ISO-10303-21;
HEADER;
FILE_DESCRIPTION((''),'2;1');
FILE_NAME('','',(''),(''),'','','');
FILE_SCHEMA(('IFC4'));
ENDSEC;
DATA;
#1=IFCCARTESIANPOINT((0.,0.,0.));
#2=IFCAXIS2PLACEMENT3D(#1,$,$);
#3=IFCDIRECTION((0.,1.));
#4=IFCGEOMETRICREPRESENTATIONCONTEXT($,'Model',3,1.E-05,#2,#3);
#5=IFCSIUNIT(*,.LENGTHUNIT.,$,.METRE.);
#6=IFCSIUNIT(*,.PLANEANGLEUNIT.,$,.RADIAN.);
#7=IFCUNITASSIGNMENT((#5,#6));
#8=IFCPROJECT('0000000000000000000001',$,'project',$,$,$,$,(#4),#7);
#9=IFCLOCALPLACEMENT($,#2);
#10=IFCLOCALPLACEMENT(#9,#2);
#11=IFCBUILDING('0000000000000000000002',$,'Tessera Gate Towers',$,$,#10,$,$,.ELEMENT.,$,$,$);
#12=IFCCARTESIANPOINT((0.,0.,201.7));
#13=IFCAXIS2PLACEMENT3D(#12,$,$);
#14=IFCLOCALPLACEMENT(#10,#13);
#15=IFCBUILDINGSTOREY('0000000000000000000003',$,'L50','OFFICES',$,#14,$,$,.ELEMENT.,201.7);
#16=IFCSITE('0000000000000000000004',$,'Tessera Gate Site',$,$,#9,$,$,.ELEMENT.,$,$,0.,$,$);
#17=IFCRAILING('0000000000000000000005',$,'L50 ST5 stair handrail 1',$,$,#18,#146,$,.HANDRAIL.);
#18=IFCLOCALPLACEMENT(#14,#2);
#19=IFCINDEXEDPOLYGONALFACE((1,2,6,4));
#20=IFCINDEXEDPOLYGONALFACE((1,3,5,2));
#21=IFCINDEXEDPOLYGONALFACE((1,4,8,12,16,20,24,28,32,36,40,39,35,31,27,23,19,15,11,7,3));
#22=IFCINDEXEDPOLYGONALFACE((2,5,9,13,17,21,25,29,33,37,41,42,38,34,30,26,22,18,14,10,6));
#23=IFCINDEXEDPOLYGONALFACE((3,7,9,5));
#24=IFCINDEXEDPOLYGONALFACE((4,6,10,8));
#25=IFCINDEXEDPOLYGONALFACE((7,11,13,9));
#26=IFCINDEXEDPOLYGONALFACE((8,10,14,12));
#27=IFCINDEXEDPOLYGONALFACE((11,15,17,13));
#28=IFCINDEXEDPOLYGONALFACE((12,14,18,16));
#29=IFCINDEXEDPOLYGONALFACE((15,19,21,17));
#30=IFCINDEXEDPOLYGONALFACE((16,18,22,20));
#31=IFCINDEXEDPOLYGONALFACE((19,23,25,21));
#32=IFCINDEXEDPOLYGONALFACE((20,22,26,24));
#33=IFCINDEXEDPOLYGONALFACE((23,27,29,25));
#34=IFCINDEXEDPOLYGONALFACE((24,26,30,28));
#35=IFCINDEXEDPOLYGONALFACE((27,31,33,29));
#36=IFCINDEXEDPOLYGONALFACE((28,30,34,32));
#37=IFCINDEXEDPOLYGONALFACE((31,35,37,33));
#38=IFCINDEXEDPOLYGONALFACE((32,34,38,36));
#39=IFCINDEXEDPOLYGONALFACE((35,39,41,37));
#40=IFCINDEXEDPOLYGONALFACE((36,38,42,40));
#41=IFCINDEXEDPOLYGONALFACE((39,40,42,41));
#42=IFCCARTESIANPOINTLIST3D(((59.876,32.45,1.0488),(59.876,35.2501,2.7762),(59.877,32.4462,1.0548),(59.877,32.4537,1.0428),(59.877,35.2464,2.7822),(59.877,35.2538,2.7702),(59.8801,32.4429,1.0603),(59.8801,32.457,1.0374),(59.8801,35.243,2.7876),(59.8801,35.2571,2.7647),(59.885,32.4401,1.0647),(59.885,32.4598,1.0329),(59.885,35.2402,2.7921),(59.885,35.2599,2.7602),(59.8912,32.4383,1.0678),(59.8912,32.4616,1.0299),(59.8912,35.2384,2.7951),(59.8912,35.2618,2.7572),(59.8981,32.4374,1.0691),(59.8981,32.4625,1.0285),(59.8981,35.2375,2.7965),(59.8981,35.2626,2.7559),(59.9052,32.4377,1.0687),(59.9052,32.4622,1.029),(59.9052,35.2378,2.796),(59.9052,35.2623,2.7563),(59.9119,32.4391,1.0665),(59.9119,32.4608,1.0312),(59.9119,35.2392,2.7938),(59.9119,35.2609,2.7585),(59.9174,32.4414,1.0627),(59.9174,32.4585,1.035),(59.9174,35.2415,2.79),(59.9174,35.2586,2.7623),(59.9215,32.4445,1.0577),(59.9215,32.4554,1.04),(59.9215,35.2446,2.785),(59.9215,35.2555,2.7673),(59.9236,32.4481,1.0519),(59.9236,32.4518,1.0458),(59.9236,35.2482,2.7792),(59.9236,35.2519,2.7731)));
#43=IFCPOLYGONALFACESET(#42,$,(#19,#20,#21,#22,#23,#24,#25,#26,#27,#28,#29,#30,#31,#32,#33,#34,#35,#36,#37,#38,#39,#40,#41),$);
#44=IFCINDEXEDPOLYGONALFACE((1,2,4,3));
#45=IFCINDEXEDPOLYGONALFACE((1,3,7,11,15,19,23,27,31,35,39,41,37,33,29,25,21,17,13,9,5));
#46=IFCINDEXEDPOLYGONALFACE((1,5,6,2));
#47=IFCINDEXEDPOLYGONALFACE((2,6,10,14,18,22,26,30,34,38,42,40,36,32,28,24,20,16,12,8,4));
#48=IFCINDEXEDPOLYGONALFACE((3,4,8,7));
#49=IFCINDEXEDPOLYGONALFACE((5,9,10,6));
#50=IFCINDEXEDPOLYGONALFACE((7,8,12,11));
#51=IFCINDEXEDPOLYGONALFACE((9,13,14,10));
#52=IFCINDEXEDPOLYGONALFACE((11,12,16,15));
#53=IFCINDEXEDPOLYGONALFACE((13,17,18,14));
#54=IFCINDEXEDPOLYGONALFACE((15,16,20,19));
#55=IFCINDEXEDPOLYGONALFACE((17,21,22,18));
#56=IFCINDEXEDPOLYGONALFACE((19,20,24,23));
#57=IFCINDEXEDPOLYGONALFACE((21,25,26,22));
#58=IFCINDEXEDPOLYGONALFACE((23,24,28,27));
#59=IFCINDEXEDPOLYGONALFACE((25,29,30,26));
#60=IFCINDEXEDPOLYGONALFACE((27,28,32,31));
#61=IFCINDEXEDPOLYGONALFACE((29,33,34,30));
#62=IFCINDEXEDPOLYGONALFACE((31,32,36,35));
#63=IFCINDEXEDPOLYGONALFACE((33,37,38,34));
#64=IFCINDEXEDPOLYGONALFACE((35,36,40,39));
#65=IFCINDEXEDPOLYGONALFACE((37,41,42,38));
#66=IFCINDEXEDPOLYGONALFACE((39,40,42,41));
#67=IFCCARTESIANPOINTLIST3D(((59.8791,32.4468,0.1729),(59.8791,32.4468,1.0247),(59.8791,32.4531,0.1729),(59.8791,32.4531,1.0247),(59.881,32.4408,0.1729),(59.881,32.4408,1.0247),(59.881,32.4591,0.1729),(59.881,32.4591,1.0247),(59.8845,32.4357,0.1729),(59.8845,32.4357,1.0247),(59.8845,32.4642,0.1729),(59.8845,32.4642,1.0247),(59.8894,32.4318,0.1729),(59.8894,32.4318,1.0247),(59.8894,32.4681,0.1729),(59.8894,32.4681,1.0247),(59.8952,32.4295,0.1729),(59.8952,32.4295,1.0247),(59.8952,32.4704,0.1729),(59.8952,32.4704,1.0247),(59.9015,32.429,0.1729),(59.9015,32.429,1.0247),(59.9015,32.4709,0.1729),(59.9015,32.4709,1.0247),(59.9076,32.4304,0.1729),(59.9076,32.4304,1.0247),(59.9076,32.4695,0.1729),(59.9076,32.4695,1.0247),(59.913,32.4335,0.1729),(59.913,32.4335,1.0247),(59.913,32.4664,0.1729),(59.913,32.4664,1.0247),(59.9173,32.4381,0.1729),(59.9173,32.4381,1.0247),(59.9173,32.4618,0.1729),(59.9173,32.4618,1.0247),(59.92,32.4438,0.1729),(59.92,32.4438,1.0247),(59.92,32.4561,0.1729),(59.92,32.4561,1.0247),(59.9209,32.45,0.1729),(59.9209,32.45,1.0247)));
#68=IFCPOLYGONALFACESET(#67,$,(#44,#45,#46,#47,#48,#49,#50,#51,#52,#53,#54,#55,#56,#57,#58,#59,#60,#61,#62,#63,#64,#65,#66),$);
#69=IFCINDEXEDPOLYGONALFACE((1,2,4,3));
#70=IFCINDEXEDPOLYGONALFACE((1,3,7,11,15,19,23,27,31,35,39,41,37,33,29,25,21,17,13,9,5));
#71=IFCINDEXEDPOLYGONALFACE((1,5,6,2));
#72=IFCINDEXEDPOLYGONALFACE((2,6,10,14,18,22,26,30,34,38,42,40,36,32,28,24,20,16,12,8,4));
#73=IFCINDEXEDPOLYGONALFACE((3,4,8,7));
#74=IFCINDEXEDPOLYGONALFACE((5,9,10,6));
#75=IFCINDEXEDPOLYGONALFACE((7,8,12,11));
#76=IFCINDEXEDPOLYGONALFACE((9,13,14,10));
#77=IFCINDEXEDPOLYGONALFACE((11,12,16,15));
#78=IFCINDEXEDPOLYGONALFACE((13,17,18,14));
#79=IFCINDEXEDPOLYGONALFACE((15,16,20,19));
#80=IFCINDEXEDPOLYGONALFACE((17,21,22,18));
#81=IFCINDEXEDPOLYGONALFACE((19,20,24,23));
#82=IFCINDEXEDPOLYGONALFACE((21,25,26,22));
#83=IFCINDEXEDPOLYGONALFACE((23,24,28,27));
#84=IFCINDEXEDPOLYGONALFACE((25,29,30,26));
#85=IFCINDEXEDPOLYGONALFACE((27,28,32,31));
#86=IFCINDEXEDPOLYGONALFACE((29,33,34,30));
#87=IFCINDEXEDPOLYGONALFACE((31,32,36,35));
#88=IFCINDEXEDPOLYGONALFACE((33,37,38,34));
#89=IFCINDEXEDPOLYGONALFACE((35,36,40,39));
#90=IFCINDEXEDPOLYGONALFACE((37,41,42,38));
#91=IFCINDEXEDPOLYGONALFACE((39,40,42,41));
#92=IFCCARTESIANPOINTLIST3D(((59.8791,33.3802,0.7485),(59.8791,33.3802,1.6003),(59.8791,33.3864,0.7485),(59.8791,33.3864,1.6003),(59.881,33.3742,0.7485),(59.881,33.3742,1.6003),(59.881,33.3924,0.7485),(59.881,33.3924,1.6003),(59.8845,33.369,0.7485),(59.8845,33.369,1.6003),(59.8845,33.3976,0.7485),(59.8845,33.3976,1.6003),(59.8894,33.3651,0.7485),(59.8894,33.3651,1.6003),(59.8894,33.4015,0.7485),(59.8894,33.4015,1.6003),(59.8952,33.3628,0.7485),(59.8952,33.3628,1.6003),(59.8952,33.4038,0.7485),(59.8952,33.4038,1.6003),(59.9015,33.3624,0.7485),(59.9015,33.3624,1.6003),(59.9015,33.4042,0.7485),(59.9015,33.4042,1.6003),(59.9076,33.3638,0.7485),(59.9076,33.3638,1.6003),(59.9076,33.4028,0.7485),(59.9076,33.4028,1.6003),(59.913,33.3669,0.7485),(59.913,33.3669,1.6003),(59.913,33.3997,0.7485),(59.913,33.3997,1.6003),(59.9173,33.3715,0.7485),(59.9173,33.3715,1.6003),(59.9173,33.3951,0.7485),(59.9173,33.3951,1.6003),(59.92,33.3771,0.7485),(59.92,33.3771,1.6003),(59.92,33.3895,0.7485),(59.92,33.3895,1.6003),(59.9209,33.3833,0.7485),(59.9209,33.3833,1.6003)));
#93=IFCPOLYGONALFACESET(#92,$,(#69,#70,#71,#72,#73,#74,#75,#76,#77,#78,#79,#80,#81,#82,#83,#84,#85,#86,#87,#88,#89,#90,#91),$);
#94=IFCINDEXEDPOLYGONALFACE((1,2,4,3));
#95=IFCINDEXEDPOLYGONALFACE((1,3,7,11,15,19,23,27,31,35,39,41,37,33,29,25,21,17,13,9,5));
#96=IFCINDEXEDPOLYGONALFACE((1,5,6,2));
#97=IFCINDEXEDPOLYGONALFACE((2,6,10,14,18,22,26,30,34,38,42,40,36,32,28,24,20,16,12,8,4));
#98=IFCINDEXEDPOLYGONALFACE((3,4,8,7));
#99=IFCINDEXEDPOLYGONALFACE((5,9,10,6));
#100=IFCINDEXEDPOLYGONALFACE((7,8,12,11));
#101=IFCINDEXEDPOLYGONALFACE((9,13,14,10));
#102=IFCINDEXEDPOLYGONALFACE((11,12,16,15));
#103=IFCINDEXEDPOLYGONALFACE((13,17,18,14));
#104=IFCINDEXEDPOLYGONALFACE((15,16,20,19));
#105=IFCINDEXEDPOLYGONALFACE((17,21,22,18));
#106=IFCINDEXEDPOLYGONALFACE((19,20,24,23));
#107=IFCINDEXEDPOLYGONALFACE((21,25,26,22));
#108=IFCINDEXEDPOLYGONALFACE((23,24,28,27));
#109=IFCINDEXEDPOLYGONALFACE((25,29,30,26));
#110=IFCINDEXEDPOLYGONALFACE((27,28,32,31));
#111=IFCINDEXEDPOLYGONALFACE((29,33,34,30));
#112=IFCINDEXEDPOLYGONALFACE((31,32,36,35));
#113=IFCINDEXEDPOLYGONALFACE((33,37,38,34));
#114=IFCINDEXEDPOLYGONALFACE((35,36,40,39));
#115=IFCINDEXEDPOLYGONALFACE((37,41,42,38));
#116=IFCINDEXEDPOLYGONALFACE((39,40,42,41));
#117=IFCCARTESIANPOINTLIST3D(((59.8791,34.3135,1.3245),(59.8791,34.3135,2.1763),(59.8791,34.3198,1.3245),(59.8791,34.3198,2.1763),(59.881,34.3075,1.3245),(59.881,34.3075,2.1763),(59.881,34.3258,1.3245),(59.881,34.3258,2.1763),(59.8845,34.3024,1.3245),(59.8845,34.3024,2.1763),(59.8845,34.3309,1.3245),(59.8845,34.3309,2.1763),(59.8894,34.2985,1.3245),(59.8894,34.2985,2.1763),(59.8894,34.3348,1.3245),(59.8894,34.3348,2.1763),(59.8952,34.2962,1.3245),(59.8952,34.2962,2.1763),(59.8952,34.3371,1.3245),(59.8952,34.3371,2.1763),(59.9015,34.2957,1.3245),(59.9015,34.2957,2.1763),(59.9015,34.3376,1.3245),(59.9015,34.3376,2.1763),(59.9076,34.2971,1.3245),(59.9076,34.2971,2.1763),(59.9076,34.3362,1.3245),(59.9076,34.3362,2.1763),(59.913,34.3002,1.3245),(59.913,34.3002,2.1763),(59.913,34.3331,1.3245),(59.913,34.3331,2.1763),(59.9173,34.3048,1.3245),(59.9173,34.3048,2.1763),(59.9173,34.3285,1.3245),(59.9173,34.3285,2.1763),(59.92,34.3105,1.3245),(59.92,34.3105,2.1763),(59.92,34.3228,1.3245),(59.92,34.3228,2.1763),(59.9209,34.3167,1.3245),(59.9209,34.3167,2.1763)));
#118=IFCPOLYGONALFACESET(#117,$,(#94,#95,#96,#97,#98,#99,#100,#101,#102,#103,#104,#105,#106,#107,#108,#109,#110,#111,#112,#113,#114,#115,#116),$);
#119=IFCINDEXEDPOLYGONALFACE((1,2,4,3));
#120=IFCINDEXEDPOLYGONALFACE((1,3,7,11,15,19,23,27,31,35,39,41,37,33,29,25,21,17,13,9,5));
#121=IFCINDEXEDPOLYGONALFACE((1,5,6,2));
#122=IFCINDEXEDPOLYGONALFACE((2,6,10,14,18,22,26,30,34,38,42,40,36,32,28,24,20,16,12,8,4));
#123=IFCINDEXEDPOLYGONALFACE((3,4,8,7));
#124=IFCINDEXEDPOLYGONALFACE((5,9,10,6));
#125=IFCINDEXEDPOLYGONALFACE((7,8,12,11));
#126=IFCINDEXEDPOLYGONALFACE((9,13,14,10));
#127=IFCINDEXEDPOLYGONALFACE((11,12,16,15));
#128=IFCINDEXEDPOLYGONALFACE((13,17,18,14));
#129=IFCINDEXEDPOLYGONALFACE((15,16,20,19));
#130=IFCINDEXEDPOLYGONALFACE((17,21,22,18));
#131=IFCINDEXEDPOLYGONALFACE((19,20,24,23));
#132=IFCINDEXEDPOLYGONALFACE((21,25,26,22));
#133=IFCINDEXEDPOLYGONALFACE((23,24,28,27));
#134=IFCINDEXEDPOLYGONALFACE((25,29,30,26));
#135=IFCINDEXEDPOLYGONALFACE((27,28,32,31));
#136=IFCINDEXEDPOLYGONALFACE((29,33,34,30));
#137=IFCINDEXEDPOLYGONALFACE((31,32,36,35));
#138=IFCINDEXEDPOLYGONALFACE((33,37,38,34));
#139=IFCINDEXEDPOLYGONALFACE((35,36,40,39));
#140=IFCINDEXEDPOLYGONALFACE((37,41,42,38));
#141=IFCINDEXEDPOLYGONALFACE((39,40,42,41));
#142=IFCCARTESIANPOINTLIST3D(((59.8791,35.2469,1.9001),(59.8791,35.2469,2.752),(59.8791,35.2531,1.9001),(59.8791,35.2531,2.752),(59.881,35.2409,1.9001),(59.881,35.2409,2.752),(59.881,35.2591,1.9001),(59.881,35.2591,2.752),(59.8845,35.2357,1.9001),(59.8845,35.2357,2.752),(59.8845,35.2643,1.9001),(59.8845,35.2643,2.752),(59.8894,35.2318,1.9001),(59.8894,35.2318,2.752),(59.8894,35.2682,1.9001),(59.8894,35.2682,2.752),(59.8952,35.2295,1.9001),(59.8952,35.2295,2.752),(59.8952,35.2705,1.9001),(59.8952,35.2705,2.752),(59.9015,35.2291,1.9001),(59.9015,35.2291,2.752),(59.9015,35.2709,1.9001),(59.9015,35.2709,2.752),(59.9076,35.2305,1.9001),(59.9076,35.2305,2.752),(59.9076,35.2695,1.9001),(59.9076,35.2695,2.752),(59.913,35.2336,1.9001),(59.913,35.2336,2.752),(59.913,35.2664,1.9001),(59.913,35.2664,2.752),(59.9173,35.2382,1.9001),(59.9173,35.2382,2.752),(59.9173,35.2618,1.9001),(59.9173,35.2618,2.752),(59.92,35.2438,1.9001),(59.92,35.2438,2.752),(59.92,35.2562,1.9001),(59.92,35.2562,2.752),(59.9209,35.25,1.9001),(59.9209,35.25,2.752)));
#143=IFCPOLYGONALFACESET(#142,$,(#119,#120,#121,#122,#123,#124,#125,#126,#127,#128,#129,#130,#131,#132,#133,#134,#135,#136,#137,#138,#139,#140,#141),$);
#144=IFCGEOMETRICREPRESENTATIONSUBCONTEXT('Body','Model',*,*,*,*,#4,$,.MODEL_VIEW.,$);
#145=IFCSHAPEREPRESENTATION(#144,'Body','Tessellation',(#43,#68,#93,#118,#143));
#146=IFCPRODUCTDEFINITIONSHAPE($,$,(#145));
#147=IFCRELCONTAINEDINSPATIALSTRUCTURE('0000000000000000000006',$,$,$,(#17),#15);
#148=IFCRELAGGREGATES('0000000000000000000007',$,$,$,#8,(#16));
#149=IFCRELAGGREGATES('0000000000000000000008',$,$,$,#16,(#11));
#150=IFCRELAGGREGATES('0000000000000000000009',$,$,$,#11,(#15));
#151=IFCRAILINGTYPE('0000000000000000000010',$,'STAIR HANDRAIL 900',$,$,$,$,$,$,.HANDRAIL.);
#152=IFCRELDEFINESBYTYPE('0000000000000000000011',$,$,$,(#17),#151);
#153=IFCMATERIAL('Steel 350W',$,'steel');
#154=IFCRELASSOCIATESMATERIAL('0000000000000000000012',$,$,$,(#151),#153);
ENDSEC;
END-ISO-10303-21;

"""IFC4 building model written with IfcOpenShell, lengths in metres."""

from ifc_helpers import new_model, si_unit, direction, frame, origin, origin_2d, place, context, subcontext, project, spatial, circle, extrude, material, type_object, element, save


model = new_model("IFC4")

# Units and contexts
model_context = context("Model", 3, precision=1e-05, world=origin(), true_north=direction((0.0, 1.0)))
body_context = subcontext(model_context, "Body", "Model", "MODEL_VIEW")
ifc_project = project(units=[si_unit("LENGTHUNIT", "METRE"), si_unit("PLANEANGLEUNIT", "RADIAN")], contexts=[model_context])

# Site, building, storey
site_placement = place(None, origin())
site = spatial("IfcSite", under=ifc_project, at=site_placement, Name="Tessera Gate Site", CompositionType="ELEMENT", RefElevation=0.0)
building_placement = place(site_placement, origin())
building = spatial("IfcBuilding", under=site, at=building_placement, Name="Tessera Gate Towers", CompositionType="ELEMENT")
storey_placement = place(building_placement, frame((0.0, 0.0, 201.7)))
storey = spatial("IfcBuildingStorey", under=building, at=storey_placement, Name="L50", Description="OFFICES", CompositionType="ELEMENT", Elevation=201.7)

# Railing
ifc_material_1 = material(Name="Steel 350W", Category="steel")
railing_type_1 = type_object("IfcRailingType", Name="STAIR HANDRAIL 900", PredefinedType="HANDRAIL", material=ifc_material_1)
railing_1_placement = place(storey_placement, frame((59.8999, 32.45, 0.1729)))
element("IfcRailing", 1, at=railing_1_placement, inside=storey, type_object=railing_type_1, Name="L50 ST5 stair handrail 1", PredefinedType="HANDRAIL", context=body_context, shape_type="SweptSolid", body=[
    extrude(circle(Radius=0.0239, at=origin_2d()), frame((0.0, 0.0, 0.876), z_axis=(0.0, 0.85109, 0.52502), x_axis=(-1.0, 0.0, 0.0)), (0.0, 0.0, 1.0), 3.29),
    extrude(circle(Radius=0.021, at=origin_2d()), origin(), (0.0, 0.0, 1.0), 0.8518),
    extrude(circle(Radius=0.021, at=origin_2d()), frame((0.0, 0.9333, 0.5757)), (0.0, 0.0, 1.0), 0.8518),
    extrude(circle(Radius=0.021, at=origin_2d()), frame((0.0, 1.8667, 1.1516)), (0.0, 0.0, 1.0), 0.8518),
    extrude(circle(Radius=0.021, at=origin_2d()), frame((0.0, 2.8, 1.7273)), (0.0, 0.0, 1.0), 0.8518),
])

save(model, "model.ifc")
